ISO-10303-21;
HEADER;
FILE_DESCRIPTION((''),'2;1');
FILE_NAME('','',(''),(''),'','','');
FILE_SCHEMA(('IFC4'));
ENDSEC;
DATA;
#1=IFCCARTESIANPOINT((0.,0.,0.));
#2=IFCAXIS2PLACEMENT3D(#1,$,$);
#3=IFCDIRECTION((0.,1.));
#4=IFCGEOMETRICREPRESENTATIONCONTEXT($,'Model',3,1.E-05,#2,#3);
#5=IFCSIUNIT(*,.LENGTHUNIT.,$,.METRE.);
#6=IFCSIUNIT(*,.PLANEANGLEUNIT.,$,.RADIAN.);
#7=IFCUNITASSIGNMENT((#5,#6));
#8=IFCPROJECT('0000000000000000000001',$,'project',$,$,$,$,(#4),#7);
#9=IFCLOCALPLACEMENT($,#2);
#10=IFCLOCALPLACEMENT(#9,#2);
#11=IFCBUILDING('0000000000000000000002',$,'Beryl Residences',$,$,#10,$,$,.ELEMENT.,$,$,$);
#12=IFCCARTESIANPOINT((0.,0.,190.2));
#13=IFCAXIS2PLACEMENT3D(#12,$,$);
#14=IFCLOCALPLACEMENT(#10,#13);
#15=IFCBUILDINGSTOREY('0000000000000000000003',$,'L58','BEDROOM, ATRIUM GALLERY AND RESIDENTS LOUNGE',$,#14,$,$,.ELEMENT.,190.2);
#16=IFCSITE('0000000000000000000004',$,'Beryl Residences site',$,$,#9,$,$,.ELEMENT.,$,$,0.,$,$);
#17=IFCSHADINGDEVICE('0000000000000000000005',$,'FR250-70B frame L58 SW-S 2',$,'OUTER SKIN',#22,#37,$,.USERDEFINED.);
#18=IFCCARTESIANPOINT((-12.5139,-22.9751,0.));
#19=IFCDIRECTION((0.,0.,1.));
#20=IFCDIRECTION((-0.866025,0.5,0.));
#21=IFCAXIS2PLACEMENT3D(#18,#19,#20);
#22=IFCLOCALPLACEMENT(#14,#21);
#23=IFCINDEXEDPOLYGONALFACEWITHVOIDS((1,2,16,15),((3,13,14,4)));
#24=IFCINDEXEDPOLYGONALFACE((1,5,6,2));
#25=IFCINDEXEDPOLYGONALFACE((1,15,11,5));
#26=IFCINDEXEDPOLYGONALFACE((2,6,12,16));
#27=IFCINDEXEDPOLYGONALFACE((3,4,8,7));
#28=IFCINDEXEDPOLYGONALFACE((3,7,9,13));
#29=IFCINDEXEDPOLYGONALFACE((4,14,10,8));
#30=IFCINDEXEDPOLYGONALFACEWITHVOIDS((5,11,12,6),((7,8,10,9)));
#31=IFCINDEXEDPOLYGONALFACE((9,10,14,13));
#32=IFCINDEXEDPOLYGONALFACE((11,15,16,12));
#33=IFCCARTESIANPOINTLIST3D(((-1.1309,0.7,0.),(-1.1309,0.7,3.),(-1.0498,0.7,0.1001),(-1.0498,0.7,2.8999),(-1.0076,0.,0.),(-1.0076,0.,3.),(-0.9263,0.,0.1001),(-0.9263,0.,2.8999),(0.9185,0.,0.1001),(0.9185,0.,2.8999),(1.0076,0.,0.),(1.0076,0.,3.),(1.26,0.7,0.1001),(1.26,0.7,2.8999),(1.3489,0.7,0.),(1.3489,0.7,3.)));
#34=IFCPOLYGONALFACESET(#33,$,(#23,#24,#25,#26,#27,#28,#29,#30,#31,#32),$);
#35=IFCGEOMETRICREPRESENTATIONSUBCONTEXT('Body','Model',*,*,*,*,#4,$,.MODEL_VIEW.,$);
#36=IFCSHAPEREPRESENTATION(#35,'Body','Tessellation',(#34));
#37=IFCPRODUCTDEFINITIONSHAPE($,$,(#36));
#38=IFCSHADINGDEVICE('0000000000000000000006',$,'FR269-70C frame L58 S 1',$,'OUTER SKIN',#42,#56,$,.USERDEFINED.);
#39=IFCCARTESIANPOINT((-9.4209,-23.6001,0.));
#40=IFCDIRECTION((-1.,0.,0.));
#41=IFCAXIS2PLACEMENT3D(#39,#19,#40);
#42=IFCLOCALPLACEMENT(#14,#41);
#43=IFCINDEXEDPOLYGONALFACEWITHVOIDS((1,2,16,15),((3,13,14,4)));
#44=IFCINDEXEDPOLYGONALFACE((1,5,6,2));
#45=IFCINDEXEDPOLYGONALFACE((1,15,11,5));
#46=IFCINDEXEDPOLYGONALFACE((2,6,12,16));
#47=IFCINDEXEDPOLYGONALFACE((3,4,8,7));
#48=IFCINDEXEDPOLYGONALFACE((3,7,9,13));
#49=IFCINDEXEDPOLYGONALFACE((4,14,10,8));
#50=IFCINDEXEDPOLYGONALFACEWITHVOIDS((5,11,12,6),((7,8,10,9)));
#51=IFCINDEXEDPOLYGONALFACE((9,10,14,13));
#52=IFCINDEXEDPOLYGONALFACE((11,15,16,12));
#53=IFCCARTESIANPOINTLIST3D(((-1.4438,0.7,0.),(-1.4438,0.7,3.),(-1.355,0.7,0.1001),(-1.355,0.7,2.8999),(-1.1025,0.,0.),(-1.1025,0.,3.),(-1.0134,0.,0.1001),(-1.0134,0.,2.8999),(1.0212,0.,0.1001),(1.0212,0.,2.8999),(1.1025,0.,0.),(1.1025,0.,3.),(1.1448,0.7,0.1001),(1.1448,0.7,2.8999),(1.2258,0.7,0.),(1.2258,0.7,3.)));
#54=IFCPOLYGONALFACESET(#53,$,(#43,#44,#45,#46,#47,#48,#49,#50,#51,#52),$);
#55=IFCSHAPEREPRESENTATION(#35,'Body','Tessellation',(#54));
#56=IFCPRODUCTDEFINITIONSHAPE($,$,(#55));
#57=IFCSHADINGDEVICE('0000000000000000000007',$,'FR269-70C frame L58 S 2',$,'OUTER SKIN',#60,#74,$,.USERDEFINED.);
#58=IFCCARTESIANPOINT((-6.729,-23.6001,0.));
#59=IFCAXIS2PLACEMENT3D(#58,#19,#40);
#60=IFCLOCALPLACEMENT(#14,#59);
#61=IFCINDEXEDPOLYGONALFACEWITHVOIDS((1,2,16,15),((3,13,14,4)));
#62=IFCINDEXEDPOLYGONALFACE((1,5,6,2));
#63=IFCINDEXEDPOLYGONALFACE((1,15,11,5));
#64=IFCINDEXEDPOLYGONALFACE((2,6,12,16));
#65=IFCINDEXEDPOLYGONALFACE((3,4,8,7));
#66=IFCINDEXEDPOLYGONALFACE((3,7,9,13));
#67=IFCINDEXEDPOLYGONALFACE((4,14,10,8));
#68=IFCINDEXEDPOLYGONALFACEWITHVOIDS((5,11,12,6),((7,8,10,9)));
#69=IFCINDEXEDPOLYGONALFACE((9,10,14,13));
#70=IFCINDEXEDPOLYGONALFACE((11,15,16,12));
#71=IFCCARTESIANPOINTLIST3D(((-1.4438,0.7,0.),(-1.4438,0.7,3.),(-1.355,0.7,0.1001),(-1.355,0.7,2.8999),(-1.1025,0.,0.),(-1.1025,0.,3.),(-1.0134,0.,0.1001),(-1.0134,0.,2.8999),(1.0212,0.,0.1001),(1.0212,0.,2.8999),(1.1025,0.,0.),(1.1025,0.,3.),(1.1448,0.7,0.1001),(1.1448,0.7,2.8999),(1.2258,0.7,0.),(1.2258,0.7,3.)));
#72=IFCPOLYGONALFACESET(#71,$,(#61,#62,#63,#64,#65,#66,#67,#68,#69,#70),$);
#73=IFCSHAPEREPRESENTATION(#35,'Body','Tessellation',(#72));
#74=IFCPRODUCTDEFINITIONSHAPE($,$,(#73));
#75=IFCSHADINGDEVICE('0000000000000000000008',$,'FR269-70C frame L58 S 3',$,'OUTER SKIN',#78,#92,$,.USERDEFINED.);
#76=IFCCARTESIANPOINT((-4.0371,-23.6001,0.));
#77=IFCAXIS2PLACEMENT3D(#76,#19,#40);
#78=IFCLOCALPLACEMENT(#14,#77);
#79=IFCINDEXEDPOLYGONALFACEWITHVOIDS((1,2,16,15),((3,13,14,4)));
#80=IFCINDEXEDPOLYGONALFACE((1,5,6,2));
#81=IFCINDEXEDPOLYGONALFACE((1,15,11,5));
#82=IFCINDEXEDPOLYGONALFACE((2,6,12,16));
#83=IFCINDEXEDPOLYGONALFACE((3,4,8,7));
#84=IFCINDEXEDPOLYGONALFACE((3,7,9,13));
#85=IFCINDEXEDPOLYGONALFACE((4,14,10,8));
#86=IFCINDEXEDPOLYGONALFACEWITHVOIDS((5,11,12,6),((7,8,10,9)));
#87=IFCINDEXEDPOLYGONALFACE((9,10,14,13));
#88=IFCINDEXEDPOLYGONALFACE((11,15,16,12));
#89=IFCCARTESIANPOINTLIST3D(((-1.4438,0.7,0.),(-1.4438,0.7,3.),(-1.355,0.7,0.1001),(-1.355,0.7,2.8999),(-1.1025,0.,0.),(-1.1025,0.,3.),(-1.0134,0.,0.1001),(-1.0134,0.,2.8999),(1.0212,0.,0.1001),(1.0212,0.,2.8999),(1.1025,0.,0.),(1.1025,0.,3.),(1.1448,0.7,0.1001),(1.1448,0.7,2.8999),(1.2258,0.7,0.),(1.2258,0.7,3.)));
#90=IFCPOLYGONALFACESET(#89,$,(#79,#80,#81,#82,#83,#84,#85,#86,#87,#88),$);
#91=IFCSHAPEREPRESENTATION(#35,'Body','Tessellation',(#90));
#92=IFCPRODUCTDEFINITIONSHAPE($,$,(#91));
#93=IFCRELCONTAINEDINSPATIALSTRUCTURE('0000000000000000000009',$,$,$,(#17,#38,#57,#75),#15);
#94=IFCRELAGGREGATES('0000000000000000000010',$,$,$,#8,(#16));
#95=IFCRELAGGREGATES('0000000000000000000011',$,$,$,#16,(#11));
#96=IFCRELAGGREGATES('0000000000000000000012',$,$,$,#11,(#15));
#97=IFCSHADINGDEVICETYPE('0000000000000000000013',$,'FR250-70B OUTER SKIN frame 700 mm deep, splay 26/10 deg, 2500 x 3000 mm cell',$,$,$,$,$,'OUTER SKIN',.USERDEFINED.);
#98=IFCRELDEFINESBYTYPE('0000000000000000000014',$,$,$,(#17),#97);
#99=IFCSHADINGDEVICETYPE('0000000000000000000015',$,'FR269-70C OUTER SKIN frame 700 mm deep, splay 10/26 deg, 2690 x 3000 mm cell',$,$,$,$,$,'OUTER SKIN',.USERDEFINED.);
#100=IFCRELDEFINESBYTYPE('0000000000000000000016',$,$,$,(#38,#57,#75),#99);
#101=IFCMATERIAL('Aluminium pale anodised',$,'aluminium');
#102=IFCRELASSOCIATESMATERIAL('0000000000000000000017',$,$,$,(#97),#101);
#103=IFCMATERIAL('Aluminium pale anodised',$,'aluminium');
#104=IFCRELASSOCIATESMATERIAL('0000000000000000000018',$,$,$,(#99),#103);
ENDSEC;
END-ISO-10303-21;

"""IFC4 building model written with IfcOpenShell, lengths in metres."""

from ifc_helpers import new_model, entity, si_unit, direction, frame, origin, place, context, subcontext, project, spatial, source, transform, mapped, material, type_object, type_shapes, element, save


model = new_model("IFC4")

# Units and contexts
model_context = context("Model", 3, precision=1e-05, world=origin(), true_north=direction((0.0, 1.0)))
body_context = subcontext(model_context, "Body", "Model", "MODEL_VIEW")
ifc_project = project(units=[si_unit("LENGTHUNIT", "METRE"), si_unit("PLANEANGLEUNIT", "RADIAN")], contexts=[model_context])

# Site, building, storey
site_placement = place(None, origin())
site = spatial("IfcSite", under=ifc_project, at=site_placement, Name="Beryl Residences site", CompositionType="ELEMENT", RefElevation=0.0)
building_placement = place(site_placement, origin())
building = spatial("IfcBuilding", under=site, at=building_placement, Name="Beryl Residences", CompositionType="ELEMENT")
storey_placement = place(building_placement, frame((0.0, 0.0, 190.2)))
storey = spatial("IfcBuildingStorey", under=building, at=storey_placement, Name="L58", Description="BEDROOM, ATRIUM GALLERY AND RESIDENTS LOUNGE", CompositionType="ELEMENT", Elevation=190.2)

# Shading devices
ifc_material_1 = material(Name="Aluminium pale anodised", Category="aluminium")
shading_device_type_1 = type_object("IfcShadingDeviceType", Name="FR250-70B OUTER SKIN frame 700 mm deep, splay 26/10 deg, 2500 x 3000 mm cell", ElementType="OUTER SKIN", PredefinedType="USERDEFINED", material=ifc_material_1)
cartesian_point_1 = entity("IfcCartesianPoint", [-1.0076, 0.0])
cartesian_point_2 = entity("IfcCartesianPoint", [-0.9185, 0.1001])
cartesian_point_3 = entity("IfcCartesianPoint", [-1.3489, 0.0])
cartesian_point_4 = entity("IfcCartesianPoint", [-1.26, 0.1001])
shared_shape_1 = source(origin(), body_context, "Body", "SweptSolid", [
    entity("IfcExtrudedAreaSolidTapered", entity("IfcArbitraryProfileDefWithVoids", "AREA", None, entity("IfcPolyline", [cartesian_point_1, entity("IfcCartesianPoint", [1.0076, 0.0]), entity("IfcCartesianPoint", [1.0076, 3.0]), entity("IfcCartesianPoint", [-1.0076, 3.0]), cartesian_point_1]), [entity("IfcPolyline", [cartesian_point_2, entity("IfcCartesianPoint", [0.9263, 0.1001]), entity("IfcCartesianPoint", [0.9263, 2.8999]), entity("IfcCartesianPoint", [-0.9185, 2.8999]), cartesian_point_2])]), entity("IfcAxis2Placement3D", entity("IfcCartesianPoint", [0.0, 0.0, 0.0]), entity("IfcDirection", [0.0, 1.0, 0.0]), entity("IfcDirection", [-1.0, 0.0, 0.0])), entity("IfcDirection", [0.0, 0.0, 1.0]), 0.7, entity("IfcArbitraryProfileDefWithVoids", "AREA", None, entity("IfcPolyline", [cartesian_point_3, entity("IfcCartesianPoint", [1.1309, 0.0]), entity("IfcCartesianPoint", [1.1309, 3.0]), entity("IfcCartesianPoint", [-1.3489, 3.0]), cartesian_point_3]), [entity("IfcPolyline", [cartesian_point_4, entity("IfcCartesianPoint", [1.0498, 0.1001]), entity("IfcCartesianPoint", [1.0498, 2.8999]), entity("IfcCartesianPoint", [-1.26, 2.8999]), cartesian_point_4])])),
])
type_shapes(shading_device_type_1, [shared_shape_1])
shading_device_placement = place(storey_placement, frame((-12.5139, -22.9751, 0.0), z_axis=(0.0, 0.0, 1.0), x_axis=(-0.866025, 0.5, 0.0)))
element("IfcShadingDevice", 1, at=shading_device_placement, inside=storey, type_object=shading_device_type_1, Name="FR250-70B frame L58 SW-S 2", ObjectType="OUTER SKIN", PredefinedType="USERDEFINED", context=body_context, shape_type="MappedRepresentation", body=[
    mapped(shared_shape_1, transform((0.0, 0.0, 0.0))),
])
ifc_material_2 = material(Name="Aluminium pale anodised", Category="aluminium")
shading_device_type_2 = type_object("IfcShadingDeviceType", Name="FR269-70C OUTER SKIN frame 700 mm deep, splay 10/26 deg, 2690 x 3000 mm cell", ElementType="OUTER SKIN", PredefinedType="USERDEFINED", material=ifc_material_2)
cartesian_point_5 = entity("IfcCartesianPoint", [-1.1025, 0.0])
cartesian_point_6 = entity("IfcCartesianPoint", [-1.0212, 0.1001])
cartesian_point_7 = entity("IfcCartesianPoint", [-1.2258, 0.0])
cartesian_point_8 = entity("IfcCartesianPoint", [-1.1448, 0.1001])
shared_shape_2 = source(origin(), body_context, "Body", "SweptSolid", [
    entity("IfcExtrudedAreaSolidTapered", entity("IfcArbitraryProfileDefWithVoids", "AREA", None, entity("IfcPolyline", [cartesian_point_5, entity("IfcCartesianPoint", [1.1025, 0.0]), entity("IfcCartesianPoint", [1.1025, 3.0]), entity("IfcCartesianPoint", [-1.1025, 3.0]), cartesian_point_5]), [entity("IfcPolyline", [cartesian_point_6, entity("IfcCartesianPoint", [1.0134, 0.1001]), entity("IfcCartesianPoint", [1.0134, 2.8999]), entity("IfcCartesianPoint", [-1.0212, 2.8999]), cartesian_point_6])]), entity("IfcAxis2Placement3D", entity("IfcCartesianPoint", [0.0, 0.0, 0.0]), entity("IfcDirection", [0.0, 1.0, 0.0]), entity("IfcDirection", [-1.0, 0.0, 0.0])), entity("IfcDirection", [0.0, 0.0, 1.0]), 0.7, entity("IfcArbitraryProfileDefWithVoids", "AREA", None, entity("IfcPolyline", [cartesian_point_7, entity("IfcCartesianPoint", [1.4438, 0.0]), entity("IfcCartesianPoint", [1.4438, 3.0]), entity("IfcCartesianPoint", [-1.2258, 3.0]), cartesian_point_7]), [entity("IfcPolyline", [cartesian_point_8, entity("IfcCartesianPoint", [1.355, 0.1001]), entity("IfcCartesianPoint", [1.355, 2.8999]), entity("IfcCartesianPoint", [-1.1448, 2.8999]), cartesian_point_8])])),
])
type_shapes(shading_device_type_2, [shared_shape_2])
for number, where, z_axis, x_axis, name in (
    (2, (-9.4209, -23.6001, 0.0), (0.0, 0.0, 1.0), (-1.0, 0.0, 0.0), "FR269-70C frame L58 S 1"),
    (3, (-6.729, -23.6001, 0.0), (0.0, 0.0, 1.0), (-1.0, 0.0, 0.0), "FR269-70C frame L58 S 2"),
    (4, (-4.0371, -23.6001, 0.0), (0.0, 0.0, 1.0), (-1.0, 0.0, 0.0), "FR269-70C frame L58 S 3"),
):
    element("IfcShadingDevice", number, at=place(storey_placement, frame(where, z_axis=z_axis, x_axis=x_axis)), inside=storey, type_object=shading_device_type_2, Name=name, ObjectType="OUTER SKIN", PredefinedType="USERDEFINED", context=body_context, shape_type="MappedRepresentation", body=[
        mapped(shared_shape_2, transform((0.0, 0.0, 0.0))),
    ])

save(model, "model.ifc")
